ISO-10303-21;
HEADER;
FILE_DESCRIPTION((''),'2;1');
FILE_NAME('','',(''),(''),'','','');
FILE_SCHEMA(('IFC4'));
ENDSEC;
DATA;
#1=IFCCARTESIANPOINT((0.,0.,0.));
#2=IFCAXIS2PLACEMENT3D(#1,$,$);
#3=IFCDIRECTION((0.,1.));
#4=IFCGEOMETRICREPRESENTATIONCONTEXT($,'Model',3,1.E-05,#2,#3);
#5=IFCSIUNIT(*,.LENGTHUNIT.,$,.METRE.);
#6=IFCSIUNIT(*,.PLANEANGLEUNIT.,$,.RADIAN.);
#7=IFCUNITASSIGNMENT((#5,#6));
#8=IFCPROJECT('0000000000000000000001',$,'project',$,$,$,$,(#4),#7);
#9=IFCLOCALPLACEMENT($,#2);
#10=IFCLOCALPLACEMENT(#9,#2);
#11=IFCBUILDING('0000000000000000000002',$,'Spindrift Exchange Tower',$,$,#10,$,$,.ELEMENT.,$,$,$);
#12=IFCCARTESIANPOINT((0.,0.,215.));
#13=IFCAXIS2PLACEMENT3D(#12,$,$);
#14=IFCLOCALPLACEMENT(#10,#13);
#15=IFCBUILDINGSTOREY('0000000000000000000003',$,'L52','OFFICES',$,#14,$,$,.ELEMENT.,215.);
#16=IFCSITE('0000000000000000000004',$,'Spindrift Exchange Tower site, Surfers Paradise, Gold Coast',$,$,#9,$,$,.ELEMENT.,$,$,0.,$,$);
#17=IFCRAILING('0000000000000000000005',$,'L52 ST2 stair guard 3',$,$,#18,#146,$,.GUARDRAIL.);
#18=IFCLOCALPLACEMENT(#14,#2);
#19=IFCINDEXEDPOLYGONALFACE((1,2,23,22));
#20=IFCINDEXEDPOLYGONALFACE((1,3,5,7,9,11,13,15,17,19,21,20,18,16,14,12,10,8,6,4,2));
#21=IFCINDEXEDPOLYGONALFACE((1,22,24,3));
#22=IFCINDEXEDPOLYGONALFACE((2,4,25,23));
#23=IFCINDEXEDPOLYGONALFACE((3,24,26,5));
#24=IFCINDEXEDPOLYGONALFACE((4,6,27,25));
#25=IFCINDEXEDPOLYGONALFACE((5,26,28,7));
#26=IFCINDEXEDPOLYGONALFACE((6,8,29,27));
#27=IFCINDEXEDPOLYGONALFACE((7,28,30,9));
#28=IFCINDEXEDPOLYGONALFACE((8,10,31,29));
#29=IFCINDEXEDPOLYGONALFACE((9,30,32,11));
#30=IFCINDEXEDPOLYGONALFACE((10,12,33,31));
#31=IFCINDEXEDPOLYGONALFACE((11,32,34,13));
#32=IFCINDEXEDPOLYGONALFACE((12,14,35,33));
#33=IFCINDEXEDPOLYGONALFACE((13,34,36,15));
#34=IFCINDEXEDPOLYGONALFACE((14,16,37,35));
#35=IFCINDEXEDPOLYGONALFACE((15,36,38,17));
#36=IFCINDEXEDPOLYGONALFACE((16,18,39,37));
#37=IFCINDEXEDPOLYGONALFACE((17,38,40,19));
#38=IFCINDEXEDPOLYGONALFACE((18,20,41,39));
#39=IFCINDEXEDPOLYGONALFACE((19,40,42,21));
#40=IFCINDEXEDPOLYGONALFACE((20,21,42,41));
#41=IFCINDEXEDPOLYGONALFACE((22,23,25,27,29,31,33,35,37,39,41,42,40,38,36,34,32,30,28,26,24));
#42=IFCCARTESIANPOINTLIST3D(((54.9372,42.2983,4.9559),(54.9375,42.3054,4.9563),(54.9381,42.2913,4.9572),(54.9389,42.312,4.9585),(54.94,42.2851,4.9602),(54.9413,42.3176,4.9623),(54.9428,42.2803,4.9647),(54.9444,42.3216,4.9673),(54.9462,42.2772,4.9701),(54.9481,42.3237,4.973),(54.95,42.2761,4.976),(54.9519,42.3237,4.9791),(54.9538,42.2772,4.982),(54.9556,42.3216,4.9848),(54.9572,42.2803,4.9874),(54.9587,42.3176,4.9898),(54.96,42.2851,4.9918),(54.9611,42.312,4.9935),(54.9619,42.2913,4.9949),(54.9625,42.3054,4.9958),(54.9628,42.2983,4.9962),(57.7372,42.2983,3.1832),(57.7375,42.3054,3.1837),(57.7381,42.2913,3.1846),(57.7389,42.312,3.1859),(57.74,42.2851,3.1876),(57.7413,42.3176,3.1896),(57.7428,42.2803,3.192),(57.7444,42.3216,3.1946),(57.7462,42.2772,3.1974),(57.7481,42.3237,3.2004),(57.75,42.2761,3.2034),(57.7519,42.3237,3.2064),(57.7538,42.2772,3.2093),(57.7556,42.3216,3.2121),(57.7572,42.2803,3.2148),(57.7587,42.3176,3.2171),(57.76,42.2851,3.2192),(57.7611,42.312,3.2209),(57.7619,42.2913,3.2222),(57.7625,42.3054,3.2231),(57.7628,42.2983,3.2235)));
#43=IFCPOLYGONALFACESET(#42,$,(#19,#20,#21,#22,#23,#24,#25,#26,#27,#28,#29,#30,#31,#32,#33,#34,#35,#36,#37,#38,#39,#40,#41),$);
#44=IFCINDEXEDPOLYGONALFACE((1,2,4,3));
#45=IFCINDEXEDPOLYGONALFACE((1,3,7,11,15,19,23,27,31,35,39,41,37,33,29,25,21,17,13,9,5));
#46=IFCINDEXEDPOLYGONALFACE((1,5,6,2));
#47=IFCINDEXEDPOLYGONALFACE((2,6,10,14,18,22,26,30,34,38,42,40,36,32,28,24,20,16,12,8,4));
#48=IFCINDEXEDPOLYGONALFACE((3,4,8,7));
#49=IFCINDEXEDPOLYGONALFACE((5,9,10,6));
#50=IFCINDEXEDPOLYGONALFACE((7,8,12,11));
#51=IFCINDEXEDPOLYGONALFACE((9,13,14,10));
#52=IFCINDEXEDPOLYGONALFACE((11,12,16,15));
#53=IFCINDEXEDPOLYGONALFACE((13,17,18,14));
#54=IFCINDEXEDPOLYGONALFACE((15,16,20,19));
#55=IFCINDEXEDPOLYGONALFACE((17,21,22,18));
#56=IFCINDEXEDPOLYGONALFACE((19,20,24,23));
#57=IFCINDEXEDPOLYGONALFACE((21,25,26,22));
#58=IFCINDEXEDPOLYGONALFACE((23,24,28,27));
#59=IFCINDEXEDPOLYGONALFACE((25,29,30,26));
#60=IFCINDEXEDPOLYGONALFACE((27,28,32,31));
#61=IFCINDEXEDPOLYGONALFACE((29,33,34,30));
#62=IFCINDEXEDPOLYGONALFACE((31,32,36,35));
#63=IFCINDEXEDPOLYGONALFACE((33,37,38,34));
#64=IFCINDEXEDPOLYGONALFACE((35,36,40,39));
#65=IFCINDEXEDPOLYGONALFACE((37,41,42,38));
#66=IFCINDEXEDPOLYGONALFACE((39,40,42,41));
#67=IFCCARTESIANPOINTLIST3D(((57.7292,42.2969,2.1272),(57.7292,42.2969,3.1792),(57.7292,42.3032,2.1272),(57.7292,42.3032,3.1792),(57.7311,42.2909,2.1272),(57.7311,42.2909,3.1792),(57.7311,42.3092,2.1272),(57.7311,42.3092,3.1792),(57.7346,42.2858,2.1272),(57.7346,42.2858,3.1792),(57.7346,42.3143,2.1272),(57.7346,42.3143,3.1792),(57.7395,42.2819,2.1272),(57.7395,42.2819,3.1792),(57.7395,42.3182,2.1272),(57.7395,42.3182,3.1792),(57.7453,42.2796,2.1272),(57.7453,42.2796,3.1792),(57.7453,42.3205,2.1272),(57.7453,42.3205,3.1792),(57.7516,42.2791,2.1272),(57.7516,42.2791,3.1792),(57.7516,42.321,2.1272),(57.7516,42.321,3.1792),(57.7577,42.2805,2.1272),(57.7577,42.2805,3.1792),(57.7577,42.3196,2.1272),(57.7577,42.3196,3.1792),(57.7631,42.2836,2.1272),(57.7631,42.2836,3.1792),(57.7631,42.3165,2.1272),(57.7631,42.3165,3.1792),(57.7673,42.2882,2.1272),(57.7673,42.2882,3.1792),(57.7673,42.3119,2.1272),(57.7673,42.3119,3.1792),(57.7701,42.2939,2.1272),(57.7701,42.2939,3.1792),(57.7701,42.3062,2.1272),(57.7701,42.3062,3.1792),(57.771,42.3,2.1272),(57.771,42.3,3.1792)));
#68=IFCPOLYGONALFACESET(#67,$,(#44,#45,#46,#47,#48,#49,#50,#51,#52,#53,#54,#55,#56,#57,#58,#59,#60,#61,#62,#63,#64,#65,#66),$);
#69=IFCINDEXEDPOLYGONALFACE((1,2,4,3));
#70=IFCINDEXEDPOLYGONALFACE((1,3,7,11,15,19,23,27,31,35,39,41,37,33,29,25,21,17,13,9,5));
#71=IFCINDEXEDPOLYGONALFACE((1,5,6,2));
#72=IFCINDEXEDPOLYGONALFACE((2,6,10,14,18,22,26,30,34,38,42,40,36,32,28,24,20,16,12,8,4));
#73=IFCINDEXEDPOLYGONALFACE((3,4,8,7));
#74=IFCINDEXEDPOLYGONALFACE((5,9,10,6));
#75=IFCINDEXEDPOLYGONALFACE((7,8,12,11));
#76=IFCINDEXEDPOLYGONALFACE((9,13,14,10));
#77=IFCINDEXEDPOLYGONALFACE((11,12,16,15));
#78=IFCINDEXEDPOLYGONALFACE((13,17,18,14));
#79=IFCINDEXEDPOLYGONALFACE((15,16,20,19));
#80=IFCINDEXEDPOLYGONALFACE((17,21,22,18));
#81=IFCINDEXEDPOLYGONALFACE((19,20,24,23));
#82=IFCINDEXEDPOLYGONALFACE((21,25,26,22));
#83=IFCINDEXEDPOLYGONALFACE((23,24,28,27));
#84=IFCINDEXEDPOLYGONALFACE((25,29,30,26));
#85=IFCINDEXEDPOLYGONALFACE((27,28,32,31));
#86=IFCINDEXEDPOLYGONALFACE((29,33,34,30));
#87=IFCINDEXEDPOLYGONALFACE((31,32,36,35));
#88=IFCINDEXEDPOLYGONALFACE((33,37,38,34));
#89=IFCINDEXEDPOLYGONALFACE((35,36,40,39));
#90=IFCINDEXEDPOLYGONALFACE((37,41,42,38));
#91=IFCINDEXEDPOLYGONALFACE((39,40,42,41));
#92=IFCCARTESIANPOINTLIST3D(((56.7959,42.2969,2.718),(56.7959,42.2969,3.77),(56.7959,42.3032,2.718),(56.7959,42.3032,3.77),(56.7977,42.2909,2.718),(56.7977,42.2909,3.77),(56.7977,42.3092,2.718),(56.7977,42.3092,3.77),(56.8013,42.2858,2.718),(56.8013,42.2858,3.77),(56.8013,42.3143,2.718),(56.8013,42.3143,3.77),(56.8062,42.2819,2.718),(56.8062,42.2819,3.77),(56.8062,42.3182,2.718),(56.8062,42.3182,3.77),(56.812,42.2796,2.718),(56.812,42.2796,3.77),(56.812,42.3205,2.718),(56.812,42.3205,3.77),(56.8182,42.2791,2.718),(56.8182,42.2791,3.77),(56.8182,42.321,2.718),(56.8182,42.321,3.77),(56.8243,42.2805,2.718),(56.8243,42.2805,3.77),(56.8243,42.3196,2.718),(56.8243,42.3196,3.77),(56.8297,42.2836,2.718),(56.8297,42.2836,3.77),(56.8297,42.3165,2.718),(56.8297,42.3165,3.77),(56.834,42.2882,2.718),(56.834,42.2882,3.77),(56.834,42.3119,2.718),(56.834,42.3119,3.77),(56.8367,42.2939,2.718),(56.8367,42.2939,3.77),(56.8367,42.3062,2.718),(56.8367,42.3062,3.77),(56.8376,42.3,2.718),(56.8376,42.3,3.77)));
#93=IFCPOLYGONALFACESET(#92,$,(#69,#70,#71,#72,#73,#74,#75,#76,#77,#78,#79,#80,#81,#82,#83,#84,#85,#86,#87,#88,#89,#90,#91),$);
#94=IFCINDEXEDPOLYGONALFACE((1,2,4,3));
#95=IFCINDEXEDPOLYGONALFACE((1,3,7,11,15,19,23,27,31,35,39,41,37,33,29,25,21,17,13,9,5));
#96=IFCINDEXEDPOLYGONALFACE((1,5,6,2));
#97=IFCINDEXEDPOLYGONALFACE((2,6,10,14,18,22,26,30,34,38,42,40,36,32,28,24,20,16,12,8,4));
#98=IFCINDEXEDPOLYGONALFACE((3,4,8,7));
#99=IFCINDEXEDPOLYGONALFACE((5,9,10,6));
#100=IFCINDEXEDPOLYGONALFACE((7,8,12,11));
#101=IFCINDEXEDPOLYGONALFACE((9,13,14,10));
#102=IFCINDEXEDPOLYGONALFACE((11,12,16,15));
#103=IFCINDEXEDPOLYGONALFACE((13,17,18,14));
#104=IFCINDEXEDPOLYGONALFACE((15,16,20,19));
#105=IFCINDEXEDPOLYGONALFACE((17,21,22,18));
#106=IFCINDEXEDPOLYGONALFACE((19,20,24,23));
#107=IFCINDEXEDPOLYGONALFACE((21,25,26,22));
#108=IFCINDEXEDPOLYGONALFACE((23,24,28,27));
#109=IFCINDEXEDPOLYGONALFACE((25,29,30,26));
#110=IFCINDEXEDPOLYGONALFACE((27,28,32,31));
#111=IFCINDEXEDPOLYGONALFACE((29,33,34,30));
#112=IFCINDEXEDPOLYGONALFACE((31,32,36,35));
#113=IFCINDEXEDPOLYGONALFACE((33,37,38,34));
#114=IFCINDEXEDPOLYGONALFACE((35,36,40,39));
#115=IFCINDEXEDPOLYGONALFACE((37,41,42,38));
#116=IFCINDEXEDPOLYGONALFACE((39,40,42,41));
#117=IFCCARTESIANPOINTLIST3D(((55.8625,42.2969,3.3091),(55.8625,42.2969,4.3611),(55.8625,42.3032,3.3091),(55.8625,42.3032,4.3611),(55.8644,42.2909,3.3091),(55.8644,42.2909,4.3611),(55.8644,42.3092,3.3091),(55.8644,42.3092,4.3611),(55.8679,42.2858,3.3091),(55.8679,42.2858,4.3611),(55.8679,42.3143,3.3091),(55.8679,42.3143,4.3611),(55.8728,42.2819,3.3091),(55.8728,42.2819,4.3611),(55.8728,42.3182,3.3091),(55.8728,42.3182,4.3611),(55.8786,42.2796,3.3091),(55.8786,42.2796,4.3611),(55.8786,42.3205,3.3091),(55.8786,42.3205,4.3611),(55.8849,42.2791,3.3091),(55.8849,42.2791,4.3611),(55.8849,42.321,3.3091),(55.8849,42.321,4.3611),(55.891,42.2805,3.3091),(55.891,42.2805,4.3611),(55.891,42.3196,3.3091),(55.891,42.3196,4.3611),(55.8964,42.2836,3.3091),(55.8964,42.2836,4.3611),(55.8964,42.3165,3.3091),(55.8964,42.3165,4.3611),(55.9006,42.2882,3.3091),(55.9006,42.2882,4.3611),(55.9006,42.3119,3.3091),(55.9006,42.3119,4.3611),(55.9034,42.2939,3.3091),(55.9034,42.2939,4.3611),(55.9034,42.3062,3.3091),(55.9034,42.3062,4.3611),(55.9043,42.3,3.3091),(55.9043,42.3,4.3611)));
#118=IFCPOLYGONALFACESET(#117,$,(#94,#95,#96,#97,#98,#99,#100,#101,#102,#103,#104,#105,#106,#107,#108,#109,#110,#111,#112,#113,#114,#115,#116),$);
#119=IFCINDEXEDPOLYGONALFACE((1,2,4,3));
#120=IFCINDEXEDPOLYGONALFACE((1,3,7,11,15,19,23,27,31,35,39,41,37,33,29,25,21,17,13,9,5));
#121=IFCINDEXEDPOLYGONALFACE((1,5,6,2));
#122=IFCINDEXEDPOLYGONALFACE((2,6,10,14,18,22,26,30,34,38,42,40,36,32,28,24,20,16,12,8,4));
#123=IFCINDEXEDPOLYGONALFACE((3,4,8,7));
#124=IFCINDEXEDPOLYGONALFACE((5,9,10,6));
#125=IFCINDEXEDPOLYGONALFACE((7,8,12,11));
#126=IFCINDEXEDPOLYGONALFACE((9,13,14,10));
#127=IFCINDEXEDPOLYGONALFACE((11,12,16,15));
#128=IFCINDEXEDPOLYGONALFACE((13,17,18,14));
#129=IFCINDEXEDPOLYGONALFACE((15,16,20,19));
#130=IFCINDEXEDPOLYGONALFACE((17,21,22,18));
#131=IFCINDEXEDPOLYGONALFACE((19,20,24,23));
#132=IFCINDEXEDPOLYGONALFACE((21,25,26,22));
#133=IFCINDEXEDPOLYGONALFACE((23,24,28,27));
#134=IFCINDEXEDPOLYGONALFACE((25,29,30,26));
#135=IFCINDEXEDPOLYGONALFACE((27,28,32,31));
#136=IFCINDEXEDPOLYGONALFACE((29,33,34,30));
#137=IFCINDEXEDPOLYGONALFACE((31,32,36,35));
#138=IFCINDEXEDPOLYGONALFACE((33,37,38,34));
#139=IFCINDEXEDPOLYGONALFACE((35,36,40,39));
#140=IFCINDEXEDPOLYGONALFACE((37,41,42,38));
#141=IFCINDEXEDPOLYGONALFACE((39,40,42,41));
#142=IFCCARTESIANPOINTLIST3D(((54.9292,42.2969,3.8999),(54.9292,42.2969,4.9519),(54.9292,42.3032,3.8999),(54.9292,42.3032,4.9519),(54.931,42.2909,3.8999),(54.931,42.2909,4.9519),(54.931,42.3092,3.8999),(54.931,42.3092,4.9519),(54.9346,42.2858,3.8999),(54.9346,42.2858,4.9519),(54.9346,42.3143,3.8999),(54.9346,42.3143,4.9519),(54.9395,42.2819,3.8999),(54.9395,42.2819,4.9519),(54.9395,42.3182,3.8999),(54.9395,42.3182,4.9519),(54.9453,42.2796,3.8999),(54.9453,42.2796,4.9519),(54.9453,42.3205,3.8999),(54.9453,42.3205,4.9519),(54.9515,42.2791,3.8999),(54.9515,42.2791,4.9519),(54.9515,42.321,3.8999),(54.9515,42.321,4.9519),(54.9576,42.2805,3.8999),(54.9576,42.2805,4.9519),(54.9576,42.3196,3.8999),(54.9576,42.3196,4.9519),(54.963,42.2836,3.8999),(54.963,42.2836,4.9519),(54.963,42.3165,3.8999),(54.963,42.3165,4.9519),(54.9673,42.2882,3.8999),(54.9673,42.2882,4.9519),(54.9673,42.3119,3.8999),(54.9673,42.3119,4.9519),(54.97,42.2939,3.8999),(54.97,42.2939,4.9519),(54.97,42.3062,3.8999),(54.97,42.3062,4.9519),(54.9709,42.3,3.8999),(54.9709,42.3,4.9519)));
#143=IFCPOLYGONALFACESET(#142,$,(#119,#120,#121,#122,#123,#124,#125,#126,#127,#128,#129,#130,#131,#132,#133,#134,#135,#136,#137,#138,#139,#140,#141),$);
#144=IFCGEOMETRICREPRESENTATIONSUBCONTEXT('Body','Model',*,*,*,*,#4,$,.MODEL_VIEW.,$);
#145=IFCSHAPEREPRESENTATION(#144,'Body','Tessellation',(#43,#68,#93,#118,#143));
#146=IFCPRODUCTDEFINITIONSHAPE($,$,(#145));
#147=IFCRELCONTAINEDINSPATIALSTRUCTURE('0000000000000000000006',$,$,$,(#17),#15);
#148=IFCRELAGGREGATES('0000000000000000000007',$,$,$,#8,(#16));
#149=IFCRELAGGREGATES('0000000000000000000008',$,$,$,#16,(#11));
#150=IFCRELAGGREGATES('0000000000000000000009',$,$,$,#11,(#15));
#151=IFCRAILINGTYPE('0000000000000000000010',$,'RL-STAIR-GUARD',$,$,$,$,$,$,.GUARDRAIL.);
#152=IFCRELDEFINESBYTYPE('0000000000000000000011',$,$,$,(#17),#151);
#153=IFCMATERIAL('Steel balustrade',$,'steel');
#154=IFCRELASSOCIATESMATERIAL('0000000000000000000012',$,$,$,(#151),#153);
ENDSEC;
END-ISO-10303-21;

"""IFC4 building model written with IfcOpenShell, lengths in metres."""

from ifc_helpers import new_model, si_unit, direction, frame, origin, origin_2d, place, context, subcontext, project, spatial, circle, extrude, material, type_object, element, save


model = new_model("IFC4")

# Units and contexts
model_context = context("Model", 3, precision=1e-05, world=origin(), true_north=direction((0.0, 1.0)))
body_context = subcontext(model_context, "Body", "Model", "MODEL_VIEW")
ifc_project = project(units=[si_unit("LENGTHUNIT", "METRE"), si_unit("PLANEANGLEUNIT", "RADIAN")], contexts=[model_context])

# Site, building, storey
site_placement = place(None, origin())
site = spatial("IfcSite", under=ifc_project, at=site_placement, Name="Spindrift Exchange Tower site, Surfers Paradise, Gold Coast", CompositionType="ELEMENT", RefElevation=0.0)
building_placement = place(site_placement, origin())
building = spatial("IfcBuilding", under=site, at=building_placement, Name="Spindrift Exchange Tower", CompositionType="ELEMENT")
storey_placement = place(building_placement, frame((0.0, 0.0, 215.0)))
storey = spatial("IfcBuildingStorey", under=building, at=storey_placement, Name="L52", Description="OFFICES", CompositionType="ELEMENT", Elevation=215.0)

# Railing
ifc_material_1 = material(Name="Steel balustrade", Category="steel")
railing_type_1 = type_object("IfcRailingType", Name="RL-STAIR-GUARD", PredefinedType="GUARDRAIL", material=ifc_material_1)
railing_1_placement = place(storey_placement, frame((57.75, 42.3, 2.1272)))
element("IfcRailing", 1, at=railing_1_placement, inside=storey, type_object=railing_type_1, Name="L52 ST2 stair guard 3", PredefinedType="GUARDRAIL", context=body_context, shape_type="SweptSolid", body=[
    extrude(circle(Radius=0.0239, at=origin_2d()), frame((0.0, 0.0, 1.0762), z_axis=(-0.844909, 0.0, 0.53491), x_axis=(0.0, -1.0, 0.0)), (0.0, 0.0, 1.0), 3.314),
    extrude(circle(Radius=0.021, at=origin_2d()), origin(), (0.0, 0.0, 1.0), 1.052),
    extrude(circle(Radius=0.021, at=origin_2d()), frame((-0.9333, 0.0, 0.5908)), (0.0, 0.0, 1.0), 1.052),
    extrude(circle(Radius=0.021, at=origin_2d()), frame((-1.8667, 0.0, 1.1819)), (0.0, 0.0, 1.0), 1.052),
    extrude(circle(Radius=0.021, at=origin_2d()), frame((-2.8, 0.0, 1.7727)), (0.0, 0.0, 1.0), 1.052),
])

save(model, "model.ifc")
